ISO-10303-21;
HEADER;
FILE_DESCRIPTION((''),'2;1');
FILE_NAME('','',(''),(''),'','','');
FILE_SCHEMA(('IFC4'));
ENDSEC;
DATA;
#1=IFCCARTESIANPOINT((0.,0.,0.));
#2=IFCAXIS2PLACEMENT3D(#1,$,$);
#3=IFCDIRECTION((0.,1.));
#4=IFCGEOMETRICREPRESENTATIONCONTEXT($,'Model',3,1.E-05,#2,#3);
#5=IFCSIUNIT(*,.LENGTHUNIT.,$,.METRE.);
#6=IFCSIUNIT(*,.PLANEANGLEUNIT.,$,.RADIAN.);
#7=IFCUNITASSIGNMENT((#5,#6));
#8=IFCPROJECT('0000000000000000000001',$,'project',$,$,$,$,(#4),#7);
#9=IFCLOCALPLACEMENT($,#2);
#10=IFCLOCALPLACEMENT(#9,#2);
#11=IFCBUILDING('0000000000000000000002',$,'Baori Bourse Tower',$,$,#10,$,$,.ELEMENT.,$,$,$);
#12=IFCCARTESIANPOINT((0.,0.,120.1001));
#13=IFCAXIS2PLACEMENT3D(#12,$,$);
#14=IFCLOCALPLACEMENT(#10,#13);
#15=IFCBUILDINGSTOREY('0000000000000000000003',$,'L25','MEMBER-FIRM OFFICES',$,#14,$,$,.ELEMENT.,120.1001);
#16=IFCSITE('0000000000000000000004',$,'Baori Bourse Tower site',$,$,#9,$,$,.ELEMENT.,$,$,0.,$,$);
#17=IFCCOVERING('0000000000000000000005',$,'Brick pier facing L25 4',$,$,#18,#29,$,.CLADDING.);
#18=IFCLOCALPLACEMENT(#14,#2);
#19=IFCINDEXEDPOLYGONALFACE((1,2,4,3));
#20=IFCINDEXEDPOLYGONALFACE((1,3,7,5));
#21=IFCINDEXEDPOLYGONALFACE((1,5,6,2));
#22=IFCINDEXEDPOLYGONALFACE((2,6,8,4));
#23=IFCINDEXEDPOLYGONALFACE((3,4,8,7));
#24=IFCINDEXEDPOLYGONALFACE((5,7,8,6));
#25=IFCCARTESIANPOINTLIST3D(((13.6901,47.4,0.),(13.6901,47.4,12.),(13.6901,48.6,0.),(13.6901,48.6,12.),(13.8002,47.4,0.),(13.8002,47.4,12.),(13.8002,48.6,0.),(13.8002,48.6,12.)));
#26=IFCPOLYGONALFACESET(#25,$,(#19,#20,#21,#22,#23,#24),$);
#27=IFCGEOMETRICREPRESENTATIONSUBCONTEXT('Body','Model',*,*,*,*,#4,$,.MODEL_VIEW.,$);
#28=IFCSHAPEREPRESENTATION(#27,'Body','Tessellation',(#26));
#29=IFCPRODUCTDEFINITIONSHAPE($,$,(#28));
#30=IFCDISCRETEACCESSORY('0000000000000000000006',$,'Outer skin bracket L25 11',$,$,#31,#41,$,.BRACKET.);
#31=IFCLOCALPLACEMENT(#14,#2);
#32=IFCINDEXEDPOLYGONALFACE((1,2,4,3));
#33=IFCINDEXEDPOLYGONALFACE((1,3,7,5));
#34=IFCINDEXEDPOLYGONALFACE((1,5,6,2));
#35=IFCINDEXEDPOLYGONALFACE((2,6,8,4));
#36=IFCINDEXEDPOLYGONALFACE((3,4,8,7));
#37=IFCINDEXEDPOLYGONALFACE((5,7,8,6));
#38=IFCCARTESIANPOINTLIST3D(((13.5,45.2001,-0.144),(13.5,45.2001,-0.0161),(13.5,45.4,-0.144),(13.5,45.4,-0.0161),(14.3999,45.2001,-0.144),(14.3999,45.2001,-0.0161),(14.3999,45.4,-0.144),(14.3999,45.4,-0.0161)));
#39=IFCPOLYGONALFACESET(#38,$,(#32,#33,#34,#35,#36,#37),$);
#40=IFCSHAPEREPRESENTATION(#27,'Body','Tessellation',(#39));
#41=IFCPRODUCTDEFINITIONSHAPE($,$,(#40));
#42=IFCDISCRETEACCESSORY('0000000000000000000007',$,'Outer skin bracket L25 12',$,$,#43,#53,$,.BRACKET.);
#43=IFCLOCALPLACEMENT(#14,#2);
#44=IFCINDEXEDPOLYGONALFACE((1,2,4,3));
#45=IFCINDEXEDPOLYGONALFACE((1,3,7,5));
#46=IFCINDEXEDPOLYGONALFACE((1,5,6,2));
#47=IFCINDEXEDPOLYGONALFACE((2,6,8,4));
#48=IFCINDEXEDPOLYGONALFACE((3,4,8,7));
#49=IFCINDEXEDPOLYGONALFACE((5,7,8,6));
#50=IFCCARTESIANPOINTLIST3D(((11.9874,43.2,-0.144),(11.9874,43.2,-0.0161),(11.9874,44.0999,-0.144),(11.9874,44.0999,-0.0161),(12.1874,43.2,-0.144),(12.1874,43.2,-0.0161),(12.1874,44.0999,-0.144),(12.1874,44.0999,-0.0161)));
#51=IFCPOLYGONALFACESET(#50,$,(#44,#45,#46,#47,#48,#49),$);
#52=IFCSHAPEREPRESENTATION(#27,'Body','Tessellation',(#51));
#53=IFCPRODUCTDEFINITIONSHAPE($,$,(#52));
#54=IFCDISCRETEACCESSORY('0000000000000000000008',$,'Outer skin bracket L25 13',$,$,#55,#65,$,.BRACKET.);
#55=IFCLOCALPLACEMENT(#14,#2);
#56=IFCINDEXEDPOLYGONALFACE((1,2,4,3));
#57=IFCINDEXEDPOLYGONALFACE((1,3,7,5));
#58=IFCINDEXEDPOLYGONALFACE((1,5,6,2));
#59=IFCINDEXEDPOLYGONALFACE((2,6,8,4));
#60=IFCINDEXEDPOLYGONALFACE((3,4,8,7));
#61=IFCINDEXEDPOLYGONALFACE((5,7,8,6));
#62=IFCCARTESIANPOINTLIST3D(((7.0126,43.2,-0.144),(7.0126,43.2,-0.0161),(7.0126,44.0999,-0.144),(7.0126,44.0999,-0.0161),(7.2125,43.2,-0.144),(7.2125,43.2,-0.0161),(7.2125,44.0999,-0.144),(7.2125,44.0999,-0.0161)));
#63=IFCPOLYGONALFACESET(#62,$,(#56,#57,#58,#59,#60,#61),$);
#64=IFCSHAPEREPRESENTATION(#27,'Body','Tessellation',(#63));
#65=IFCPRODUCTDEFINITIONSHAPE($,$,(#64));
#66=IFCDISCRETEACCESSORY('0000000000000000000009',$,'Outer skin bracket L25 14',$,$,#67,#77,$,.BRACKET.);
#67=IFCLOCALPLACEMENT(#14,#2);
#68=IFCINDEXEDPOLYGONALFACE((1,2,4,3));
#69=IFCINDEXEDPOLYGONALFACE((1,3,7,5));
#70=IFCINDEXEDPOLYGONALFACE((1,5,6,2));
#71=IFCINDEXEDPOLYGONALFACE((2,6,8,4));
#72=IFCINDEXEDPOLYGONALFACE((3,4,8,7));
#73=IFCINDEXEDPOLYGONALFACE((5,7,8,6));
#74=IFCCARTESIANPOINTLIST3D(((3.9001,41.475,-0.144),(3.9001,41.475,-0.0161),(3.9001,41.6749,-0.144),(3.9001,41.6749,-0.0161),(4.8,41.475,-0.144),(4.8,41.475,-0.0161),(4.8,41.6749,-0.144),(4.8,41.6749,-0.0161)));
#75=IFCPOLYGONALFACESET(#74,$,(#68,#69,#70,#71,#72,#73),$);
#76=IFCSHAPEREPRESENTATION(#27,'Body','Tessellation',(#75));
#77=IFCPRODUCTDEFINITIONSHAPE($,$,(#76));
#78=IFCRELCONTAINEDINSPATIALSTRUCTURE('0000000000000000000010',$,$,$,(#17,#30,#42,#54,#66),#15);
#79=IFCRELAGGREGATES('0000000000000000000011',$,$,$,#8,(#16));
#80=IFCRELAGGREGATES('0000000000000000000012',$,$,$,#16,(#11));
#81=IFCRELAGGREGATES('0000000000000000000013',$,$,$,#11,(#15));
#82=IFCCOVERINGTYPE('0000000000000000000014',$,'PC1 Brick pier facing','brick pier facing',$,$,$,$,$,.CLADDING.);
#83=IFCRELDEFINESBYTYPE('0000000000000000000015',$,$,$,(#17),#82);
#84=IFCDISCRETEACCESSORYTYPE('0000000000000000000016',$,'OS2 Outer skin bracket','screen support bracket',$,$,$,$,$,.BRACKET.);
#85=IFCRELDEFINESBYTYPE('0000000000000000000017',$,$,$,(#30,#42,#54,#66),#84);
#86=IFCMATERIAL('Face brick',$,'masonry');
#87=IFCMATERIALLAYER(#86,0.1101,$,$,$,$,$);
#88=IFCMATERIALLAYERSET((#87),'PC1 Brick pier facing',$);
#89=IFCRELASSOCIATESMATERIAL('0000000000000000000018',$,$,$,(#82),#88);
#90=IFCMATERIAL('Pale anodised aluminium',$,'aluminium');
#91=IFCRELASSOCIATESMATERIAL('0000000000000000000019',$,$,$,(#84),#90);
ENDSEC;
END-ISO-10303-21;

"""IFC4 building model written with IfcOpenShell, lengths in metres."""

from ifc_helpers import new_model, si_unit, direction, frame, origin, origin_2d, place, context, subcontext, project, spatial, rectangle, extrude, material, layer, layer_set, type_object, element, save


model = new_model("IFC4")

# Units and contexts
model_context = context("Model", 3, precision=1e-05, world=origin(), true_north=direction((0.0, 1.0)))
body_context = subcontext(model_context, "Body", "Model", "MODEL_VIEW")
ifc_project = project(units=[si_unit("LENGTHUNIT", "METRE"), si_unit("PLANEANGLEUNIT", "RADIAN")], contexts=[model_context])

# Site, building, storey
site_placement = place(None, origin())
site = spatial("IfcSite", under=ifc_project, at=site_placement, Name="Baori Bourse Tower site", CompositionType="ELEMENT", RefElevation=0.0)
building_placement = place(site_placement, origin())
building = spatial("IfcBuilding", under=site, at=building_placement, Name="Baori Bourse Tower", CompositionType="ELEMENT")
storey_placement = place(building_placement, frame((0.0, 0.0, 120.1001)))
storey = spatial("IfcBuildingStorey", under=building, at=storey_placement, Name="L25", Description="MEMBER-FIRM OFFICES", CompositionType="ELEMENT", Elevation=120.1001)

# Covering
ifc_material_1 = material(Name="Face brick", Category="masonry")
ifc_layer_1 = layer(ifc_material_1, 0.1101)
ifc_layer_set_1 = layer_set([ifc_layer_1], Name="PC1 Brick pier facing")
covering_type = type_object("IfcCoveringType", Name="PC1 Brick pier facing", Description="brick pier facing", PredefinedType="CLADDING", material=ifc_layer_set_1)
covering_placement = place(storey_placement, frame((13.7451, 48.0, 0.0), z_axis=(0.0, 0.0, 1.0), x_axis=(1.0, 0.0, 0.0)))
element("IfcCovering", 1, at=covering_placement, inside=storey, type_object=covering_type, Name="Brick pier facing L25 4", PredefinedType="CLADDING", context=body_context, shape_type="SweptSolid", body=[
    extrude(rectangle(XDim=0.1101, YDim=1.2, at=origin_2d()), origin(), (0.0, 0.0, 1.0), 12.0),
])

# Discrete accessories
ifc_material_2 = material(Name="Pale anodised aluminium", Category="aluminium")
discrete_accessory_type = type_object("IfcDiscreteAccessoryType", Name="OS2 Outer skin bracket", Description="screen support bracket", PredefinedType="BRACKET", material=ifc_material_2)
for number, where, z_axis, x_axis, name in (
    (2, (13.95, 45.3, -0.144), (0.0, 0.0, 1.0), (0.0, -1.0, 0.0), "Outer skin bracket L25 11"),
    (3, (12.0874, 43.6499, -0.144), (0.0, 0.0, 1.0), (-1.0, 0.0, 0.0), "Outer skin bracket L25 12"),
    (4, (7.1125, 43.6499, -0.144), (0.0, 0.0, 1.0), (-1.0, 0.0, 0.0), "Outer skin bracket L25 13"),
    (5, (4.3501, 41.575, -0.144), (0.0, 0.0, 1.0), (0.0, -1.0, 0.0), "Outer skin bracket L25 14"),
):
    element("IfcDiscreteAccessory", number, at=place(storey_placement, frame(where, z_axis=z_axis, x_axis=x_axis)), inside=storey, type_object=discrete_accessory_type, Name=name, PredefinedType="BRACKET", context=body_context, shape_type="SweptSolid", body=[
        extrude(rectangle(XDim=0.2, YDim=0.8999, at=origin_2d()), origin(), (0.0, 0.0, 1.0), 0.1279),
    ])

save(model, "model.ifc")
